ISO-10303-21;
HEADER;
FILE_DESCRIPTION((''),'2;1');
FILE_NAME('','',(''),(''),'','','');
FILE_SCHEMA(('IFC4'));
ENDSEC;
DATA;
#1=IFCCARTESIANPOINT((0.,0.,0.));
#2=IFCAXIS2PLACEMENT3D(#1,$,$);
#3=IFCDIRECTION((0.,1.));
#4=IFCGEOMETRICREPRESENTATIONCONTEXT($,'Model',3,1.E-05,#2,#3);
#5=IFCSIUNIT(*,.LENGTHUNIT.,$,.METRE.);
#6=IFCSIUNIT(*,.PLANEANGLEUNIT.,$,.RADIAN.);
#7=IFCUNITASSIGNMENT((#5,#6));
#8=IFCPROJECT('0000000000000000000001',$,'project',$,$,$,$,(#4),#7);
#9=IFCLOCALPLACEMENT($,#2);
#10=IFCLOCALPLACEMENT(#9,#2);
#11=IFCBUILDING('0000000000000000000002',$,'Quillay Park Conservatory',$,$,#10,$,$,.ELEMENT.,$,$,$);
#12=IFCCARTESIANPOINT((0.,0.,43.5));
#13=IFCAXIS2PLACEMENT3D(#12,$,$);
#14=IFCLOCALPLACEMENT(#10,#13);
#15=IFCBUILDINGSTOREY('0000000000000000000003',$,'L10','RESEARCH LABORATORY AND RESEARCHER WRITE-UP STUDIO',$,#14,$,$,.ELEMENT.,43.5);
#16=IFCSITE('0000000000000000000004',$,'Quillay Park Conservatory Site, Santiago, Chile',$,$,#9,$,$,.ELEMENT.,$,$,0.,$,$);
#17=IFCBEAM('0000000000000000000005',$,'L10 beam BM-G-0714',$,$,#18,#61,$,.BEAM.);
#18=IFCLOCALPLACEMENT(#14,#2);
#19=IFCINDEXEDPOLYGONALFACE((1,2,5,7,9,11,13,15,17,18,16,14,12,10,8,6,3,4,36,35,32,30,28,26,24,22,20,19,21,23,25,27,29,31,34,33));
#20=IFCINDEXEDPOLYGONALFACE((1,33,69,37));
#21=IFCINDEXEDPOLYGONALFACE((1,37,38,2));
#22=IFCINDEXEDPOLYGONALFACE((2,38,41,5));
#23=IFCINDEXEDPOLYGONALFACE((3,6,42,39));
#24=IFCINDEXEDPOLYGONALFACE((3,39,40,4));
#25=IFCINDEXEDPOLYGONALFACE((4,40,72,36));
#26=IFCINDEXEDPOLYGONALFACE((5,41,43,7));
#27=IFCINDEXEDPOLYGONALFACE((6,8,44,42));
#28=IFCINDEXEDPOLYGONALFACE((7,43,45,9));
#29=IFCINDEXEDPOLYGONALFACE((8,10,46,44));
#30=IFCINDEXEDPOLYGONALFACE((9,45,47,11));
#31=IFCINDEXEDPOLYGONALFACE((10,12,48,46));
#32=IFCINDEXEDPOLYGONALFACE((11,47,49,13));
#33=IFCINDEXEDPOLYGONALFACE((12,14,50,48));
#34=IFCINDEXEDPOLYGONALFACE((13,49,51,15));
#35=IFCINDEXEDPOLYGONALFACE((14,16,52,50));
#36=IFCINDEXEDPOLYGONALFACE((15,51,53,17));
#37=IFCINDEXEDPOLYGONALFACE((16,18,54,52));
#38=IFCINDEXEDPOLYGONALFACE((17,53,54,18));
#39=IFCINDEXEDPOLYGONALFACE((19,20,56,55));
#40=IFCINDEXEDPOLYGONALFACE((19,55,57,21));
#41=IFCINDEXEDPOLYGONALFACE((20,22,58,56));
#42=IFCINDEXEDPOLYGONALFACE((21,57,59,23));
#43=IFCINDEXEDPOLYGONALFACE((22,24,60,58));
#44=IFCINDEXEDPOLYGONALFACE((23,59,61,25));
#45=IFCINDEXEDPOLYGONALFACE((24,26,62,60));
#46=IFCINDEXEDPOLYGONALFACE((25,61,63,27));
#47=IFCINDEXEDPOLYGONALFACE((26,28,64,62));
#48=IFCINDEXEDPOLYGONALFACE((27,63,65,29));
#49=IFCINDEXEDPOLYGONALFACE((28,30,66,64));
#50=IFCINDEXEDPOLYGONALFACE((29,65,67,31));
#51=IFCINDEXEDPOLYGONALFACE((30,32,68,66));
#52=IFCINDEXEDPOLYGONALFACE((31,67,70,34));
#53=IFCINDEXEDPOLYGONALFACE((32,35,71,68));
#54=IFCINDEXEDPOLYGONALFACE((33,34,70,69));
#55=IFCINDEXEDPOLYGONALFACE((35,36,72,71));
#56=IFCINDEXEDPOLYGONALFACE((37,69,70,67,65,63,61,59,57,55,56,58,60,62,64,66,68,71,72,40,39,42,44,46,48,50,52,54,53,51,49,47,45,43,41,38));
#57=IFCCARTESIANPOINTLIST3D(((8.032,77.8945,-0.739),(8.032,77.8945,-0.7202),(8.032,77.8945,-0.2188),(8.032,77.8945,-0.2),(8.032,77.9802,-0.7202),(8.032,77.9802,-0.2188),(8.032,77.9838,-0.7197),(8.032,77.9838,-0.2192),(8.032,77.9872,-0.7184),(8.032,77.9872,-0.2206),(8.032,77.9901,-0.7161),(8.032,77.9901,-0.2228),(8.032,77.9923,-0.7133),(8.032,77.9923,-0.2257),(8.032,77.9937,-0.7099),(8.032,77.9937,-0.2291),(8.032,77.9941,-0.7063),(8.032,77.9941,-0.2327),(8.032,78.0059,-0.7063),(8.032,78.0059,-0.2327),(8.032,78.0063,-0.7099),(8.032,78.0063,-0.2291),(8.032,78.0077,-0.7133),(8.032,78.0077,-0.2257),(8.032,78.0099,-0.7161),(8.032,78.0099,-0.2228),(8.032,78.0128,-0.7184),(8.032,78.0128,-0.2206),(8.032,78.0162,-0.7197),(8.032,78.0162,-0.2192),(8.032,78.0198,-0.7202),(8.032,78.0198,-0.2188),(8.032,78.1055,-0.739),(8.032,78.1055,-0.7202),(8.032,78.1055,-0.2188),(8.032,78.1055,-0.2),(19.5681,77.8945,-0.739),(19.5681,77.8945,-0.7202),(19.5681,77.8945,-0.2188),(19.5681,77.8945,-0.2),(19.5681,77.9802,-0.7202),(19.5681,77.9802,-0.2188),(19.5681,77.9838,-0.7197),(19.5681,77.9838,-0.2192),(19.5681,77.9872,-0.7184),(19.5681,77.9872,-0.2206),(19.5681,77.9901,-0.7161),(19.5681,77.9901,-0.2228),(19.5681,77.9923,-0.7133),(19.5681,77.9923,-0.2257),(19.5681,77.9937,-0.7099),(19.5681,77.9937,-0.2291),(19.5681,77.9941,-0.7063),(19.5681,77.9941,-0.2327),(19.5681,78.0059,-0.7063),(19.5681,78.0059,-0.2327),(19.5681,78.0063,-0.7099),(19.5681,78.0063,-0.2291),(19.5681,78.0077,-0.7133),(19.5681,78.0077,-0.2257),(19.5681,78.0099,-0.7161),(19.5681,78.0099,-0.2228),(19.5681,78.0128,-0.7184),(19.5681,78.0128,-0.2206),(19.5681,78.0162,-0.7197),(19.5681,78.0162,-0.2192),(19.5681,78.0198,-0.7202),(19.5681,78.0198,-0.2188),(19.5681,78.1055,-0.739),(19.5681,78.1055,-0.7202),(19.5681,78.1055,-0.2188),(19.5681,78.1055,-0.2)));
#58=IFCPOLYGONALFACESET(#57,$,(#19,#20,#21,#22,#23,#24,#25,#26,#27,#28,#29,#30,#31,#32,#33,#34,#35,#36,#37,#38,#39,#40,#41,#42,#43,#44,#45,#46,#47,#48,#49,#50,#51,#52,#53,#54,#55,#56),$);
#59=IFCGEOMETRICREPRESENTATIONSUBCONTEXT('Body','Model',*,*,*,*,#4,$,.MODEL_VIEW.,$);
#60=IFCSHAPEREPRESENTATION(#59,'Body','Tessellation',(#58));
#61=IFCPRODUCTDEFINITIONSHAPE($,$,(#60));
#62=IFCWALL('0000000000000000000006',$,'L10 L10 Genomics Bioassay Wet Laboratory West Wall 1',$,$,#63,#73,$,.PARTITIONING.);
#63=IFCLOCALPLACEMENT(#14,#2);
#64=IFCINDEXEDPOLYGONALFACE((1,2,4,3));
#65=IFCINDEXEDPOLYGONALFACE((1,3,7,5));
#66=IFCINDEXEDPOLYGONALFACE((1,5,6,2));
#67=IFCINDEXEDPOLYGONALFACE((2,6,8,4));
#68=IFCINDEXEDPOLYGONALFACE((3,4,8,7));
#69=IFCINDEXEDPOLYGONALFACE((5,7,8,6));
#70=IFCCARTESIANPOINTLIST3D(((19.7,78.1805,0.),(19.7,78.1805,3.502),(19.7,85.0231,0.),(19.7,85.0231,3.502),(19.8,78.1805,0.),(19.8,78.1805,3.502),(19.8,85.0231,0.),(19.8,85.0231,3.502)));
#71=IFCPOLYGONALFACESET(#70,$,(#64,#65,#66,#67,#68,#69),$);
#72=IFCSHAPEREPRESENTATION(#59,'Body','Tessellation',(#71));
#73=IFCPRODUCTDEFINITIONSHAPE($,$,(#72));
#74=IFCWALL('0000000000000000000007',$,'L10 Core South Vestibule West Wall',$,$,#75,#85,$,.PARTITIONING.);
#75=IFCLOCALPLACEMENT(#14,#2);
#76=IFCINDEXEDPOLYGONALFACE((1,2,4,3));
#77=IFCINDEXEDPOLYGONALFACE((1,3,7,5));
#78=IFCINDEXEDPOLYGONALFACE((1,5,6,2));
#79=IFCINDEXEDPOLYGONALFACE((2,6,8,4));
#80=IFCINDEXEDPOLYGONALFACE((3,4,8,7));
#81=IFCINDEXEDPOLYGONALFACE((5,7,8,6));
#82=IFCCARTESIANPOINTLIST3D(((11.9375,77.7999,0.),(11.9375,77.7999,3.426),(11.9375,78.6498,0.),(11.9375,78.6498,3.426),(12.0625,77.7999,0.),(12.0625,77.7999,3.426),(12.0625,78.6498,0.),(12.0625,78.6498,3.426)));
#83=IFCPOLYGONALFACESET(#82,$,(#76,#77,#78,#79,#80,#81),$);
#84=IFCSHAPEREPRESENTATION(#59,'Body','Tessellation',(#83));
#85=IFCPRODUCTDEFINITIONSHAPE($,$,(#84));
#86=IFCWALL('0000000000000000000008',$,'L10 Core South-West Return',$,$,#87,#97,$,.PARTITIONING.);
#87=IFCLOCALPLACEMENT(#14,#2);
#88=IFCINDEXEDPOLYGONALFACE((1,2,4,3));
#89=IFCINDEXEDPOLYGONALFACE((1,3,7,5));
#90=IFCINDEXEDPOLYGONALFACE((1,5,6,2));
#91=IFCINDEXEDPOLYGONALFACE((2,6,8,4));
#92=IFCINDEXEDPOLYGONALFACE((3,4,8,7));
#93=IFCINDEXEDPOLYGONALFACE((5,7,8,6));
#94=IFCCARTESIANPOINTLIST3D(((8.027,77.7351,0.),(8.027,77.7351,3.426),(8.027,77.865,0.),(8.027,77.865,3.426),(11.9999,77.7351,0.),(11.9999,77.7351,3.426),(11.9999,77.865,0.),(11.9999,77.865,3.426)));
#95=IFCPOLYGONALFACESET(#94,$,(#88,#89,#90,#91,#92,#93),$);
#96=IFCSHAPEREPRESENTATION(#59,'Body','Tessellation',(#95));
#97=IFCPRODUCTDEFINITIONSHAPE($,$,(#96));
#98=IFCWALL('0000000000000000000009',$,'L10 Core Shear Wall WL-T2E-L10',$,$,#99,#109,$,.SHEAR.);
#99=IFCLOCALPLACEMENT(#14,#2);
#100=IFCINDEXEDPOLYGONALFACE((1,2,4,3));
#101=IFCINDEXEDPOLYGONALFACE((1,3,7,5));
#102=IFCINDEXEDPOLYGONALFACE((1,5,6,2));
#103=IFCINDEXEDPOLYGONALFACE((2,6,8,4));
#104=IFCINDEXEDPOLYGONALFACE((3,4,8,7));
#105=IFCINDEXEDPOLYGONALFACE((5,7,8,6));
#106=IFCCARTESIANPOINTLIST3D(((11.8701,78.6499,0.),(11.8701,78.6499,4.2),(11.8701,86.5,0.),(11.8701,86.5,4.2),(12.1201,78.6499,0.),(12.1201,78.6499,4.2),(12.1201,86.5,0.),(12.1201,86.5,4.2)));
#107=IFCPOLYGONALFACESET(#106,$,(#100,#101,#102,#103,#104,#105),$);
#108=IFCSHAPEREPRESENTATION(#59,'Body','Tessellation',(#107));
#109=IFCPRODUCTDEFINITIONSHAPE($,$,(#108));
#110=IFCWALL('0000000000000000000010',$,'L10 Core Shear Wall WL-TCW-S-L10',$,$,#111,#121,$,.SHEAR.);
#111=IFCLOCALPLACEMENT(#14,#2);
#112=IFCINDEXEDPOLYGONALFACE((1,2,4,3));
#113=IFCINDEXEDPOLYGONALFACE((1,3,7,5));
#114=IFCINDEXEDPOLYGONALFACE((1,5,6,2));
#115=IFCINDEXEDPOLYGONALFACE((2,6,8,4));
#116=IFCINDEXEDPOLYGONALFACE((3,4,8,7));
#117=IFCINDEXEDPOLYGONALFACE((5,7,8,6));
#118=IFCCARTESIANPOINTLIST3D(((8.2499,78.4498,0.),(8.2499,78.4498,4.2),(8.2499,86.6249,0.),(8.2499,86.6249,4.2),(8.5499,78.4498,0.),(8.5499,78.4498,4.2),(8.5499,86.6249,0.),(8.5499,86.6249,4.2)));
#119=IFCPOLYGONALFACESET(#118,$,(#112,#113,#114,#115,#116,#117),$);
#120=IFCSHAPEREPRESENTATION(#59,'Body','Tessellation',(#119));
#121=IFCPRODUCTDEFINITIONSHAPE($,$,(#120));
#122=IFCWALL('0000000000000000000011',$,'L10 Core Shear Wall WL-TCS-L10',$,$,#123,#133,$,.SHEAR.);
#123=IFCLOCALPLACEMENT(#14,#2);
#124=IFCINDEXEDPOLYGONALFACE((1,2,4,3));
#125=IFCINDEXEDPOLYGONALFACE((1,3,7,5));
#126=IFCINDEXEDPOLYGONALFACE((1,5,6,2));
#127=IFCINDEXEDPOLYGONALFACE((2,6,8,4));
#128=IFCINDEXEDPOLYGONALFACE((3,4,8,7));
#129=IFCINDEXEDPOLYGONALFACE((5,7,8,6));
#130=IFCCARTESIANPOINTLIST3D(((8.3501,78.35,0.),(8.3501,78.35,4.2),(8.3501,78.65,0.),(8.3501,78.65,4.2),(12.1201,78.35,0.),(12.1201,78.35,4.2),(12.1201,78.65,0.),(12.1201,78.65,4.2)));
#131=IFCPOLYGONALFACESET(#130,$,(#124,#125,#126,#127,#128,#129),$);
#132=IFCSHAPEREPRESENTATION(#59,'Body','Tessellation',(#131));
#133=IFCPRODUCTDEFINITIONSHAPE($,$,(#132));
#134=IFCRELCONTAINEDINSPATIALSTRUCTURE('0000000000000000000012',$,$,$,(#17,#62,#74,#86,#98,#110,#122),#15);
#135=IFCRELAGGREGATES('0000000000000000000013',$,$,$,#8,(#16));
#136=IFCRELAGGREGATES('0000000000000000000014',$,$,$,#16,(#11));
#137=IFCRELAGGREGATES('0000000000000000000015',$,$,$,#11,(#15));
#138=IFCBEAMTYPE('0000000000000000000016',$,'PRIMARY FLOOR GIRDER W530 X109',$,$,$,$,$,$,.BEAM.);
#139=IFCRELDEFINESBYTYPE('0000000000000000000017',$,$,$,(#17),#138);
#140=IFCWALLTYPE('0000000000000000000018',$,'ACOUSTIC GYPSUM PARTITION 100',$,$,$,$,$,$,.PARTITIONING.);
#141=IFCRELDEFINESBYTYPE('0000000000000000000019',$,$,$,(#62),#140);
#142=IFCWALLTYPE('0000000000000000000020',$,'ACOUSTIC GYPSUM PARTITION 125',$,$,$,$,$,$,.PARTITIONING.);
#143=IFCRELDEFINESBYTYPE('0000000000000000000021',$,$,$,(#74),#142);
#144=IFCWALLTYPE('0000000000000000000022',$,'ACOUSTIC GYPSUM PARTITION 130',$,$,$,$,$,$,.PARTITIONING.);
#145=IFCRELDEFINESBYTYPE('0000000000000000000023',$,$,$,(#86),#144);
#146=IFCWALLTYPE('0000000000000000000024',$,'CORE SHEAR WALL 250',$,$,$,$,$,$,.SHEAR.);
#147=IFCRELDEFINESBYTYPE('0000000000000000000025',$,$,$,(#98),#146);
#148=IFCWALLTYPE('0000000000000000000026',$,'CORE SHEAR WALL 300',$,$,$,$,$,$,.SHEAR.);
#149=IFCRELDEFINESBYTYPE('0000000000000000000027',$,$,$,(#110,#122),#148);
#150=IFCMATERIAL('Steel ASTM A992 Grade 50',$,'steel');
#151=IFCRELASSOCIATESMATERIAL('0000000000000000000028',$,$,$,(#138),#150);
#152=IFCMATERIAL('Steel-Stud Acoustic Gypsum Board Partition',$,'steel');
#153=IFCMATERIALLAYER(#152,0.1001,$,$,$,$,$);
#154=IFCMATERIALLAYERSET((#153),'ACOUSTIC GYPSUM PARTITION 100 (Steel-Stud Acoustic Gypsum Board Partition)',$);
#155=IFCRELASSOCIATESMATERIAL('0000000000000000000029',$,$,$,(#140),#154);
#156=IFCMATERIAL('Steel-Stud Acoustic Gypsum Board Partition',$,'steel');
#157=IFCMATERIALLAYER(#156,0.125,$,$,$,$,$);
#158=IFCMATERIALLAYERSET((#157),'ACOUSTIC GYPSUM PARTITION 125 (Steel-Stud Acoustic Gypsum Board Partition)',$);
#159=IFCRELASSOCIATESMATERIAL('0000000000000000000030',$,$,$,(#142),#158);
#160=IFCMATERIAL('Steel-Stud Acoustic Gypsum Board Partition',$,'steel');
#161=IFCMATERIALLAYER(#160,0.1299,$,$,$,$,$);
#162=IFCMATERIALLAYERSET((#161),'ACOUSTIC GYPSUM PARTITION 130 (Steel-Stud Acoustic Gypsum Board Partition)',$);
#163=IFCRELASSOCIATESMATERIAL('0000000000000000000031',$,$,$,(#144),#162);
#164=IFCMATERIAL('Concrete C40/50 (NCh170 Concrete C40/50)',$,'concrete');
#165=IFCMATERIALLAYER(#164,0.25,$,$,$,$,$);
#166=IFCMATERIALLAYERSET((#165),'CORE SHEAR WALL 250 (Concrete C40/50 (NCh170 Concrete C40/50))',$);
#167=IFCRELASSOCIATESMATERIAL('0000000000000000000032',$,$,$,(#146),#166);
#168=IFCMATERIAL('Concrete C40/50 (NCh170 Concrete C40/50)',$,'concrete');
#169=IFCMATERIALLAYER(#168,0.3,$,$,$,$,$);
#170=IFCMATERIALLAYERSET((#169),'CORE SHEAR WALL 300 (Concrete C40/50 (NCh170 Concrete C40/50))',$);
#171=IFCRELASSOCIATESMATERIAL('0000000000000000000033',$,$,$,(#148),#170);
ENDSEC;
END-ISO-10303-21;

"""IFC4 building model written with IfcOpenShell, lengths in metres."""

from ifc_helpers import new_model, si_unit, direction, frame, frame_2d, origin, origin_2d, place, context, subcontext, project, spatial, rectangle, i_section, extrude, material, layer, layer_set, material_profile, profile_set, type_object, element, save


model = new_model("IFC4")

# Units and contexts
model_context = context("Model", 3, precision=1e-05, world=origin(), true_north=direction((0.0, 1.0)))
body_context = subcontext(model_context, "Body", "Model", "MODEL_VIEW")
ifc_project = project(units=[si_unit("LENGTHUNIT", "METRE"), si_unit("PLANEANGLEUNIT", "RADIAN")], contexts=[model_context])

# Site, building, storey
site_placement = place(None, origin())
site = spatial("IfcSite", under=ifc_project, at=site_placement, Name="Quillay Park Conservatory Site, Santiago, Chile", CompositionType="ELEMENT", RefElevation=0.0)
building_placement = place(site_placement, origin())
building = spatial("IfcBuilding", under=site, at=building_placement, Name="Quillay Park Conservatory", CompositionType="ELEMENT")
storey_placement = place(building_placement, frame((0.0, 0.0, 43.5)))
storey = spatial("IfcBuildingStorey", under=building, at=storey_placement, Name="L10", Description="RESEARCH LABORATORY AND RESEARCHER WRITE-UP STUDIO", CompositionType="ELEMENT", Elevation=43.5)

# Beam
ifc_material_1 = material(Name="Steel ASTM A992 Grade 50", Category="steel")
ifc_material_profile_1 = material_profile(ifc_material_1, i_section(OverallWidth=0.2109, OverallDepth=0.5391, WebThickness=0.0117, FlangeThickness=0.0188, FilletRadius=0.0139, at=origin_2d()), Name="W530x109")
ifc_profile_set_1 = profile_set([ifc_material_profile_1], Name="Steel ASTM A992 Grade 50")
beam_type_1 = type_object("IfcBeamType", Name="PRIMARY FLOOR GIRDER W530 X109", PredefinedType="BEAM", material=ifc_profile_set_1)
beam_1_placement = place(storey_placement, frame((8.032, 78.0, -0.4695), z_axis=(1.0, 0.0, 0.0), x_axis=(0.0, 1.0, 0.0)))
element("IfcBeam", 1, at=beam_1_placement, inside=storey, type_object=beam_type_1, Name="L10 beam BM-G-0714", PredefinedType="BEAM", context=body_context, shape_type="SweptSolid", body=[
    extrude(i_section(OverallWidth=0.2109, OverallDepth=0.5391, WebThickness=0.0117, FlangeThickness=0.0188, FilletRadius=0.0139, at=origin_2d()), origin(), (0.0, 0.0, 1.0), 11.5361),
])

# Walls
ifc_material_2 = material(Name="Steel-Stud Acoustic Gypsum Board Partition", Category="steel")
ifc_layer_1 = layer(ifc_material_2, 0.1001)
ifc_layer_set_1 = layer_set([ifc_layer_1], Name="ACOUSTIC GYPSUM PARTITION 100 (Steel-Stud Acoustic Gypsum Board Partition)")
wall_type_1 = type_object("IfcWallType", Name="ACOUSTIC GYPSUM PARTITION 100", PredefinedType="PARTITIONING", material=ifc_layer_set_1)
wall_1_placement = place(storey_placement, frame((19.75, 78.1804, 0.0), z_axis=(0.0, 0.0, 1.0), x_axis=(0.0, 1.0, 0.0)))
element("IfcWall", 2, at=wall_1_placement, inside=storey, type_object=wall_type_1, Name="L10 L10 Genomics Bioassay Wet Laboratory West Wall 1", PredefinedType="PARTITIONING", context=body_context, shape_type="SweptSolid", body=[
    extrude(rectangle(XDim=6.8425, YDim=0.1001, at=frame_2d((3.4214, 0.0))), origin(), (0.0, 0.0, 1.0), 3.502),
])
ifc_material_3 = material(Name="Steel-Stud Acoustic Gypsum Board Partition", Category="steel")
ifc_layer_2 = layer(ifc_material_3, 0.125)
ifc_layer_set_2 = layer_set([ifc_layer_2], Name="ACOUSTIC GYPSUM PARTITION 125 (Steel-Stud Acoustic Gypsum Board Partition)")
wall_type_2 = type_object("IfcWallType", Name="ACOUSTIC GYPSUM PARTITION 125", PredefinedType="PARTITIONING", material=ifc_layer_set_2)
wall_2_placement = place(storey_placement, frame((12.0, 77.8, 0.0), z_axis=(0.0, 0.0, 1.0), x_axis=(0.0, 1.0, 0.0)))
element("IfcWall", 3, at=wall_2_placement, inside=storey, type_object=wall_type_2, Name="L10 Core South Vestibule West Wall", PredefinedType="PARTITIONING", context=body_context, shape_type="SweptSolid", body=[
    extrude(rectangle(XDim=0.8499, YDim=0.125, at=frame_2d((0.4248, 0.0))), origin(), (0.0, 0.0, 1.0), 3.426),
])
ifc_material_4 = material(Name="Steel-Stud Acoustic Gypsum Board Partition", Category="steel")
ifc_layer_3 = layer(ifc_material_4, 0.1299)
ifc_layer_set_3 = layer_set([ifc_layer_3], Name="ACOUSTIC GYPSUM PARTITION 130 (Steel-Stud Acoustic Gypsum Board Partition)")
wall_type_3 = type_object("IfcWallType", Name="ACOUSTIC GYPSUM PARTITION 130", PredefinedType="PARTITIONING", material=ifc_layer_set_3)
wall_3_placement = place(storey_placement, frame((8.0271, 77.8, 0.0), z_axis=(0.0, 0.0, 1.0), x_axis=(1.0, 0.0, 0.0)))
element("IfcWall", 4, at=wall_3_placement, inside=storey, type_object=wall_type_3, Name="L10 Core South-West Return", PredefinedType="PARTITIONING", context=body_context, shape_type="SweptSolid", body=[
    extrude(rectangle(XDim=3.9729, YDim=0.1299, at=frame_2d((1.9863, 0.0))), origin(), (0.0, 0.0, 1.0), 3.426),
])
ifc_material_5 = material(Name="Concrete C40/50 (NCh170 Concrete C40/50)", Category="concrete")
ifc_layer_4 = layer(ifc_material_5, 0.25)
ifc_layer_set_4 = layer_set([ifc_layer_4], Name="CORE SHEAR WALL 250 (Concrete C40/50 (NCh170 Concrete C40/50))")
wall_type_4 = type_object("IfcWallType", Name="CORE SHEAR WALL 250", PredefinedType="SHEAR", material=ifc_layer_set_4)
wall_4_placement = place(storey_placement, frame((11.9951, 78.6499, 0.0), z_axis=(0.0, 0.0, 1.0), x_axis=(0.0, 1.0, 0.0)))
element("IfcWall", 5, at=wall_4_placement, inside=storey, type_object=wall_type_4, Name="L10 Core Shear Wall WL-T2E-L10", PredefinedType="SHEAR", context=body_context, shape_type="SweptSolid", body=[
    extrude(rectangle(XDim=7.8501, YDim=0.25, at=frame_2d((3.925, 0.0))), origin(), (0.0, 0.0, 1.0), 4.2),
])
ifc_material_6 = material(Name="Concrete C40/50 (NCh170 Concrete C40/50)", Category="concrete")
ifc_layer_5 = layer(ifc_material_6, 0.3)
ifc_layer_set_5 = layer_set([ifc_layer_5], Name="CORE SHEAR WALL 300 (Concrete C40/50 (NCh170 Concrete C40/50))")
wall_type_5 = type_object("IfcWallType", Name="CORE SHEAR WALL 300", PredefinedType="SHEAR", material=ifc_layer_set_5)
wall_5_placement = place(storey_placement, frame((8.3999, 78.45, 0.0), z_axis=(0.0, 0.0, 1.0), x_axis=(0.0, 1.0, 0.0)))
element("IfcWall", 6, at=wall_5_placement, inside=storey, type_object=wall_type_5, Name="L10 Core Shear Wall WL-TCW-S-L10", PredefinedType="SHEAR", context=body_context, shape_type="SweptSolid", body=[
    extrude(rectangle(XDim=8.175, YDim=0.3, at=frame_2d((4.0874, 0.0))), origin(), (0.0, 0.0, 1.0), 4.2),
])
wall_6_placement = place(storey_placement, frame((8.3501, 78.5, 0.0), z_axis=(0.0, 0.0, 1.0), x_axis=(1.0, 0.0, 0.0)))
element("IfcWall", 7, at=wall_6_placement, inside=storey, type_object=wall_type_5, Name="L10 Core Shear Wall WL-TCS-L10", PredefinedType="SHEAR", context=body_context, shape_type="SweptSolid", body=[
    extrude(rectangle(XDim=3.77, YDim=0.3, at=frame_2d((1.885, 0.0))), origin(), (0.0, 0.0, 1.0), 4.2),
])

save(model, "model.ifc")
